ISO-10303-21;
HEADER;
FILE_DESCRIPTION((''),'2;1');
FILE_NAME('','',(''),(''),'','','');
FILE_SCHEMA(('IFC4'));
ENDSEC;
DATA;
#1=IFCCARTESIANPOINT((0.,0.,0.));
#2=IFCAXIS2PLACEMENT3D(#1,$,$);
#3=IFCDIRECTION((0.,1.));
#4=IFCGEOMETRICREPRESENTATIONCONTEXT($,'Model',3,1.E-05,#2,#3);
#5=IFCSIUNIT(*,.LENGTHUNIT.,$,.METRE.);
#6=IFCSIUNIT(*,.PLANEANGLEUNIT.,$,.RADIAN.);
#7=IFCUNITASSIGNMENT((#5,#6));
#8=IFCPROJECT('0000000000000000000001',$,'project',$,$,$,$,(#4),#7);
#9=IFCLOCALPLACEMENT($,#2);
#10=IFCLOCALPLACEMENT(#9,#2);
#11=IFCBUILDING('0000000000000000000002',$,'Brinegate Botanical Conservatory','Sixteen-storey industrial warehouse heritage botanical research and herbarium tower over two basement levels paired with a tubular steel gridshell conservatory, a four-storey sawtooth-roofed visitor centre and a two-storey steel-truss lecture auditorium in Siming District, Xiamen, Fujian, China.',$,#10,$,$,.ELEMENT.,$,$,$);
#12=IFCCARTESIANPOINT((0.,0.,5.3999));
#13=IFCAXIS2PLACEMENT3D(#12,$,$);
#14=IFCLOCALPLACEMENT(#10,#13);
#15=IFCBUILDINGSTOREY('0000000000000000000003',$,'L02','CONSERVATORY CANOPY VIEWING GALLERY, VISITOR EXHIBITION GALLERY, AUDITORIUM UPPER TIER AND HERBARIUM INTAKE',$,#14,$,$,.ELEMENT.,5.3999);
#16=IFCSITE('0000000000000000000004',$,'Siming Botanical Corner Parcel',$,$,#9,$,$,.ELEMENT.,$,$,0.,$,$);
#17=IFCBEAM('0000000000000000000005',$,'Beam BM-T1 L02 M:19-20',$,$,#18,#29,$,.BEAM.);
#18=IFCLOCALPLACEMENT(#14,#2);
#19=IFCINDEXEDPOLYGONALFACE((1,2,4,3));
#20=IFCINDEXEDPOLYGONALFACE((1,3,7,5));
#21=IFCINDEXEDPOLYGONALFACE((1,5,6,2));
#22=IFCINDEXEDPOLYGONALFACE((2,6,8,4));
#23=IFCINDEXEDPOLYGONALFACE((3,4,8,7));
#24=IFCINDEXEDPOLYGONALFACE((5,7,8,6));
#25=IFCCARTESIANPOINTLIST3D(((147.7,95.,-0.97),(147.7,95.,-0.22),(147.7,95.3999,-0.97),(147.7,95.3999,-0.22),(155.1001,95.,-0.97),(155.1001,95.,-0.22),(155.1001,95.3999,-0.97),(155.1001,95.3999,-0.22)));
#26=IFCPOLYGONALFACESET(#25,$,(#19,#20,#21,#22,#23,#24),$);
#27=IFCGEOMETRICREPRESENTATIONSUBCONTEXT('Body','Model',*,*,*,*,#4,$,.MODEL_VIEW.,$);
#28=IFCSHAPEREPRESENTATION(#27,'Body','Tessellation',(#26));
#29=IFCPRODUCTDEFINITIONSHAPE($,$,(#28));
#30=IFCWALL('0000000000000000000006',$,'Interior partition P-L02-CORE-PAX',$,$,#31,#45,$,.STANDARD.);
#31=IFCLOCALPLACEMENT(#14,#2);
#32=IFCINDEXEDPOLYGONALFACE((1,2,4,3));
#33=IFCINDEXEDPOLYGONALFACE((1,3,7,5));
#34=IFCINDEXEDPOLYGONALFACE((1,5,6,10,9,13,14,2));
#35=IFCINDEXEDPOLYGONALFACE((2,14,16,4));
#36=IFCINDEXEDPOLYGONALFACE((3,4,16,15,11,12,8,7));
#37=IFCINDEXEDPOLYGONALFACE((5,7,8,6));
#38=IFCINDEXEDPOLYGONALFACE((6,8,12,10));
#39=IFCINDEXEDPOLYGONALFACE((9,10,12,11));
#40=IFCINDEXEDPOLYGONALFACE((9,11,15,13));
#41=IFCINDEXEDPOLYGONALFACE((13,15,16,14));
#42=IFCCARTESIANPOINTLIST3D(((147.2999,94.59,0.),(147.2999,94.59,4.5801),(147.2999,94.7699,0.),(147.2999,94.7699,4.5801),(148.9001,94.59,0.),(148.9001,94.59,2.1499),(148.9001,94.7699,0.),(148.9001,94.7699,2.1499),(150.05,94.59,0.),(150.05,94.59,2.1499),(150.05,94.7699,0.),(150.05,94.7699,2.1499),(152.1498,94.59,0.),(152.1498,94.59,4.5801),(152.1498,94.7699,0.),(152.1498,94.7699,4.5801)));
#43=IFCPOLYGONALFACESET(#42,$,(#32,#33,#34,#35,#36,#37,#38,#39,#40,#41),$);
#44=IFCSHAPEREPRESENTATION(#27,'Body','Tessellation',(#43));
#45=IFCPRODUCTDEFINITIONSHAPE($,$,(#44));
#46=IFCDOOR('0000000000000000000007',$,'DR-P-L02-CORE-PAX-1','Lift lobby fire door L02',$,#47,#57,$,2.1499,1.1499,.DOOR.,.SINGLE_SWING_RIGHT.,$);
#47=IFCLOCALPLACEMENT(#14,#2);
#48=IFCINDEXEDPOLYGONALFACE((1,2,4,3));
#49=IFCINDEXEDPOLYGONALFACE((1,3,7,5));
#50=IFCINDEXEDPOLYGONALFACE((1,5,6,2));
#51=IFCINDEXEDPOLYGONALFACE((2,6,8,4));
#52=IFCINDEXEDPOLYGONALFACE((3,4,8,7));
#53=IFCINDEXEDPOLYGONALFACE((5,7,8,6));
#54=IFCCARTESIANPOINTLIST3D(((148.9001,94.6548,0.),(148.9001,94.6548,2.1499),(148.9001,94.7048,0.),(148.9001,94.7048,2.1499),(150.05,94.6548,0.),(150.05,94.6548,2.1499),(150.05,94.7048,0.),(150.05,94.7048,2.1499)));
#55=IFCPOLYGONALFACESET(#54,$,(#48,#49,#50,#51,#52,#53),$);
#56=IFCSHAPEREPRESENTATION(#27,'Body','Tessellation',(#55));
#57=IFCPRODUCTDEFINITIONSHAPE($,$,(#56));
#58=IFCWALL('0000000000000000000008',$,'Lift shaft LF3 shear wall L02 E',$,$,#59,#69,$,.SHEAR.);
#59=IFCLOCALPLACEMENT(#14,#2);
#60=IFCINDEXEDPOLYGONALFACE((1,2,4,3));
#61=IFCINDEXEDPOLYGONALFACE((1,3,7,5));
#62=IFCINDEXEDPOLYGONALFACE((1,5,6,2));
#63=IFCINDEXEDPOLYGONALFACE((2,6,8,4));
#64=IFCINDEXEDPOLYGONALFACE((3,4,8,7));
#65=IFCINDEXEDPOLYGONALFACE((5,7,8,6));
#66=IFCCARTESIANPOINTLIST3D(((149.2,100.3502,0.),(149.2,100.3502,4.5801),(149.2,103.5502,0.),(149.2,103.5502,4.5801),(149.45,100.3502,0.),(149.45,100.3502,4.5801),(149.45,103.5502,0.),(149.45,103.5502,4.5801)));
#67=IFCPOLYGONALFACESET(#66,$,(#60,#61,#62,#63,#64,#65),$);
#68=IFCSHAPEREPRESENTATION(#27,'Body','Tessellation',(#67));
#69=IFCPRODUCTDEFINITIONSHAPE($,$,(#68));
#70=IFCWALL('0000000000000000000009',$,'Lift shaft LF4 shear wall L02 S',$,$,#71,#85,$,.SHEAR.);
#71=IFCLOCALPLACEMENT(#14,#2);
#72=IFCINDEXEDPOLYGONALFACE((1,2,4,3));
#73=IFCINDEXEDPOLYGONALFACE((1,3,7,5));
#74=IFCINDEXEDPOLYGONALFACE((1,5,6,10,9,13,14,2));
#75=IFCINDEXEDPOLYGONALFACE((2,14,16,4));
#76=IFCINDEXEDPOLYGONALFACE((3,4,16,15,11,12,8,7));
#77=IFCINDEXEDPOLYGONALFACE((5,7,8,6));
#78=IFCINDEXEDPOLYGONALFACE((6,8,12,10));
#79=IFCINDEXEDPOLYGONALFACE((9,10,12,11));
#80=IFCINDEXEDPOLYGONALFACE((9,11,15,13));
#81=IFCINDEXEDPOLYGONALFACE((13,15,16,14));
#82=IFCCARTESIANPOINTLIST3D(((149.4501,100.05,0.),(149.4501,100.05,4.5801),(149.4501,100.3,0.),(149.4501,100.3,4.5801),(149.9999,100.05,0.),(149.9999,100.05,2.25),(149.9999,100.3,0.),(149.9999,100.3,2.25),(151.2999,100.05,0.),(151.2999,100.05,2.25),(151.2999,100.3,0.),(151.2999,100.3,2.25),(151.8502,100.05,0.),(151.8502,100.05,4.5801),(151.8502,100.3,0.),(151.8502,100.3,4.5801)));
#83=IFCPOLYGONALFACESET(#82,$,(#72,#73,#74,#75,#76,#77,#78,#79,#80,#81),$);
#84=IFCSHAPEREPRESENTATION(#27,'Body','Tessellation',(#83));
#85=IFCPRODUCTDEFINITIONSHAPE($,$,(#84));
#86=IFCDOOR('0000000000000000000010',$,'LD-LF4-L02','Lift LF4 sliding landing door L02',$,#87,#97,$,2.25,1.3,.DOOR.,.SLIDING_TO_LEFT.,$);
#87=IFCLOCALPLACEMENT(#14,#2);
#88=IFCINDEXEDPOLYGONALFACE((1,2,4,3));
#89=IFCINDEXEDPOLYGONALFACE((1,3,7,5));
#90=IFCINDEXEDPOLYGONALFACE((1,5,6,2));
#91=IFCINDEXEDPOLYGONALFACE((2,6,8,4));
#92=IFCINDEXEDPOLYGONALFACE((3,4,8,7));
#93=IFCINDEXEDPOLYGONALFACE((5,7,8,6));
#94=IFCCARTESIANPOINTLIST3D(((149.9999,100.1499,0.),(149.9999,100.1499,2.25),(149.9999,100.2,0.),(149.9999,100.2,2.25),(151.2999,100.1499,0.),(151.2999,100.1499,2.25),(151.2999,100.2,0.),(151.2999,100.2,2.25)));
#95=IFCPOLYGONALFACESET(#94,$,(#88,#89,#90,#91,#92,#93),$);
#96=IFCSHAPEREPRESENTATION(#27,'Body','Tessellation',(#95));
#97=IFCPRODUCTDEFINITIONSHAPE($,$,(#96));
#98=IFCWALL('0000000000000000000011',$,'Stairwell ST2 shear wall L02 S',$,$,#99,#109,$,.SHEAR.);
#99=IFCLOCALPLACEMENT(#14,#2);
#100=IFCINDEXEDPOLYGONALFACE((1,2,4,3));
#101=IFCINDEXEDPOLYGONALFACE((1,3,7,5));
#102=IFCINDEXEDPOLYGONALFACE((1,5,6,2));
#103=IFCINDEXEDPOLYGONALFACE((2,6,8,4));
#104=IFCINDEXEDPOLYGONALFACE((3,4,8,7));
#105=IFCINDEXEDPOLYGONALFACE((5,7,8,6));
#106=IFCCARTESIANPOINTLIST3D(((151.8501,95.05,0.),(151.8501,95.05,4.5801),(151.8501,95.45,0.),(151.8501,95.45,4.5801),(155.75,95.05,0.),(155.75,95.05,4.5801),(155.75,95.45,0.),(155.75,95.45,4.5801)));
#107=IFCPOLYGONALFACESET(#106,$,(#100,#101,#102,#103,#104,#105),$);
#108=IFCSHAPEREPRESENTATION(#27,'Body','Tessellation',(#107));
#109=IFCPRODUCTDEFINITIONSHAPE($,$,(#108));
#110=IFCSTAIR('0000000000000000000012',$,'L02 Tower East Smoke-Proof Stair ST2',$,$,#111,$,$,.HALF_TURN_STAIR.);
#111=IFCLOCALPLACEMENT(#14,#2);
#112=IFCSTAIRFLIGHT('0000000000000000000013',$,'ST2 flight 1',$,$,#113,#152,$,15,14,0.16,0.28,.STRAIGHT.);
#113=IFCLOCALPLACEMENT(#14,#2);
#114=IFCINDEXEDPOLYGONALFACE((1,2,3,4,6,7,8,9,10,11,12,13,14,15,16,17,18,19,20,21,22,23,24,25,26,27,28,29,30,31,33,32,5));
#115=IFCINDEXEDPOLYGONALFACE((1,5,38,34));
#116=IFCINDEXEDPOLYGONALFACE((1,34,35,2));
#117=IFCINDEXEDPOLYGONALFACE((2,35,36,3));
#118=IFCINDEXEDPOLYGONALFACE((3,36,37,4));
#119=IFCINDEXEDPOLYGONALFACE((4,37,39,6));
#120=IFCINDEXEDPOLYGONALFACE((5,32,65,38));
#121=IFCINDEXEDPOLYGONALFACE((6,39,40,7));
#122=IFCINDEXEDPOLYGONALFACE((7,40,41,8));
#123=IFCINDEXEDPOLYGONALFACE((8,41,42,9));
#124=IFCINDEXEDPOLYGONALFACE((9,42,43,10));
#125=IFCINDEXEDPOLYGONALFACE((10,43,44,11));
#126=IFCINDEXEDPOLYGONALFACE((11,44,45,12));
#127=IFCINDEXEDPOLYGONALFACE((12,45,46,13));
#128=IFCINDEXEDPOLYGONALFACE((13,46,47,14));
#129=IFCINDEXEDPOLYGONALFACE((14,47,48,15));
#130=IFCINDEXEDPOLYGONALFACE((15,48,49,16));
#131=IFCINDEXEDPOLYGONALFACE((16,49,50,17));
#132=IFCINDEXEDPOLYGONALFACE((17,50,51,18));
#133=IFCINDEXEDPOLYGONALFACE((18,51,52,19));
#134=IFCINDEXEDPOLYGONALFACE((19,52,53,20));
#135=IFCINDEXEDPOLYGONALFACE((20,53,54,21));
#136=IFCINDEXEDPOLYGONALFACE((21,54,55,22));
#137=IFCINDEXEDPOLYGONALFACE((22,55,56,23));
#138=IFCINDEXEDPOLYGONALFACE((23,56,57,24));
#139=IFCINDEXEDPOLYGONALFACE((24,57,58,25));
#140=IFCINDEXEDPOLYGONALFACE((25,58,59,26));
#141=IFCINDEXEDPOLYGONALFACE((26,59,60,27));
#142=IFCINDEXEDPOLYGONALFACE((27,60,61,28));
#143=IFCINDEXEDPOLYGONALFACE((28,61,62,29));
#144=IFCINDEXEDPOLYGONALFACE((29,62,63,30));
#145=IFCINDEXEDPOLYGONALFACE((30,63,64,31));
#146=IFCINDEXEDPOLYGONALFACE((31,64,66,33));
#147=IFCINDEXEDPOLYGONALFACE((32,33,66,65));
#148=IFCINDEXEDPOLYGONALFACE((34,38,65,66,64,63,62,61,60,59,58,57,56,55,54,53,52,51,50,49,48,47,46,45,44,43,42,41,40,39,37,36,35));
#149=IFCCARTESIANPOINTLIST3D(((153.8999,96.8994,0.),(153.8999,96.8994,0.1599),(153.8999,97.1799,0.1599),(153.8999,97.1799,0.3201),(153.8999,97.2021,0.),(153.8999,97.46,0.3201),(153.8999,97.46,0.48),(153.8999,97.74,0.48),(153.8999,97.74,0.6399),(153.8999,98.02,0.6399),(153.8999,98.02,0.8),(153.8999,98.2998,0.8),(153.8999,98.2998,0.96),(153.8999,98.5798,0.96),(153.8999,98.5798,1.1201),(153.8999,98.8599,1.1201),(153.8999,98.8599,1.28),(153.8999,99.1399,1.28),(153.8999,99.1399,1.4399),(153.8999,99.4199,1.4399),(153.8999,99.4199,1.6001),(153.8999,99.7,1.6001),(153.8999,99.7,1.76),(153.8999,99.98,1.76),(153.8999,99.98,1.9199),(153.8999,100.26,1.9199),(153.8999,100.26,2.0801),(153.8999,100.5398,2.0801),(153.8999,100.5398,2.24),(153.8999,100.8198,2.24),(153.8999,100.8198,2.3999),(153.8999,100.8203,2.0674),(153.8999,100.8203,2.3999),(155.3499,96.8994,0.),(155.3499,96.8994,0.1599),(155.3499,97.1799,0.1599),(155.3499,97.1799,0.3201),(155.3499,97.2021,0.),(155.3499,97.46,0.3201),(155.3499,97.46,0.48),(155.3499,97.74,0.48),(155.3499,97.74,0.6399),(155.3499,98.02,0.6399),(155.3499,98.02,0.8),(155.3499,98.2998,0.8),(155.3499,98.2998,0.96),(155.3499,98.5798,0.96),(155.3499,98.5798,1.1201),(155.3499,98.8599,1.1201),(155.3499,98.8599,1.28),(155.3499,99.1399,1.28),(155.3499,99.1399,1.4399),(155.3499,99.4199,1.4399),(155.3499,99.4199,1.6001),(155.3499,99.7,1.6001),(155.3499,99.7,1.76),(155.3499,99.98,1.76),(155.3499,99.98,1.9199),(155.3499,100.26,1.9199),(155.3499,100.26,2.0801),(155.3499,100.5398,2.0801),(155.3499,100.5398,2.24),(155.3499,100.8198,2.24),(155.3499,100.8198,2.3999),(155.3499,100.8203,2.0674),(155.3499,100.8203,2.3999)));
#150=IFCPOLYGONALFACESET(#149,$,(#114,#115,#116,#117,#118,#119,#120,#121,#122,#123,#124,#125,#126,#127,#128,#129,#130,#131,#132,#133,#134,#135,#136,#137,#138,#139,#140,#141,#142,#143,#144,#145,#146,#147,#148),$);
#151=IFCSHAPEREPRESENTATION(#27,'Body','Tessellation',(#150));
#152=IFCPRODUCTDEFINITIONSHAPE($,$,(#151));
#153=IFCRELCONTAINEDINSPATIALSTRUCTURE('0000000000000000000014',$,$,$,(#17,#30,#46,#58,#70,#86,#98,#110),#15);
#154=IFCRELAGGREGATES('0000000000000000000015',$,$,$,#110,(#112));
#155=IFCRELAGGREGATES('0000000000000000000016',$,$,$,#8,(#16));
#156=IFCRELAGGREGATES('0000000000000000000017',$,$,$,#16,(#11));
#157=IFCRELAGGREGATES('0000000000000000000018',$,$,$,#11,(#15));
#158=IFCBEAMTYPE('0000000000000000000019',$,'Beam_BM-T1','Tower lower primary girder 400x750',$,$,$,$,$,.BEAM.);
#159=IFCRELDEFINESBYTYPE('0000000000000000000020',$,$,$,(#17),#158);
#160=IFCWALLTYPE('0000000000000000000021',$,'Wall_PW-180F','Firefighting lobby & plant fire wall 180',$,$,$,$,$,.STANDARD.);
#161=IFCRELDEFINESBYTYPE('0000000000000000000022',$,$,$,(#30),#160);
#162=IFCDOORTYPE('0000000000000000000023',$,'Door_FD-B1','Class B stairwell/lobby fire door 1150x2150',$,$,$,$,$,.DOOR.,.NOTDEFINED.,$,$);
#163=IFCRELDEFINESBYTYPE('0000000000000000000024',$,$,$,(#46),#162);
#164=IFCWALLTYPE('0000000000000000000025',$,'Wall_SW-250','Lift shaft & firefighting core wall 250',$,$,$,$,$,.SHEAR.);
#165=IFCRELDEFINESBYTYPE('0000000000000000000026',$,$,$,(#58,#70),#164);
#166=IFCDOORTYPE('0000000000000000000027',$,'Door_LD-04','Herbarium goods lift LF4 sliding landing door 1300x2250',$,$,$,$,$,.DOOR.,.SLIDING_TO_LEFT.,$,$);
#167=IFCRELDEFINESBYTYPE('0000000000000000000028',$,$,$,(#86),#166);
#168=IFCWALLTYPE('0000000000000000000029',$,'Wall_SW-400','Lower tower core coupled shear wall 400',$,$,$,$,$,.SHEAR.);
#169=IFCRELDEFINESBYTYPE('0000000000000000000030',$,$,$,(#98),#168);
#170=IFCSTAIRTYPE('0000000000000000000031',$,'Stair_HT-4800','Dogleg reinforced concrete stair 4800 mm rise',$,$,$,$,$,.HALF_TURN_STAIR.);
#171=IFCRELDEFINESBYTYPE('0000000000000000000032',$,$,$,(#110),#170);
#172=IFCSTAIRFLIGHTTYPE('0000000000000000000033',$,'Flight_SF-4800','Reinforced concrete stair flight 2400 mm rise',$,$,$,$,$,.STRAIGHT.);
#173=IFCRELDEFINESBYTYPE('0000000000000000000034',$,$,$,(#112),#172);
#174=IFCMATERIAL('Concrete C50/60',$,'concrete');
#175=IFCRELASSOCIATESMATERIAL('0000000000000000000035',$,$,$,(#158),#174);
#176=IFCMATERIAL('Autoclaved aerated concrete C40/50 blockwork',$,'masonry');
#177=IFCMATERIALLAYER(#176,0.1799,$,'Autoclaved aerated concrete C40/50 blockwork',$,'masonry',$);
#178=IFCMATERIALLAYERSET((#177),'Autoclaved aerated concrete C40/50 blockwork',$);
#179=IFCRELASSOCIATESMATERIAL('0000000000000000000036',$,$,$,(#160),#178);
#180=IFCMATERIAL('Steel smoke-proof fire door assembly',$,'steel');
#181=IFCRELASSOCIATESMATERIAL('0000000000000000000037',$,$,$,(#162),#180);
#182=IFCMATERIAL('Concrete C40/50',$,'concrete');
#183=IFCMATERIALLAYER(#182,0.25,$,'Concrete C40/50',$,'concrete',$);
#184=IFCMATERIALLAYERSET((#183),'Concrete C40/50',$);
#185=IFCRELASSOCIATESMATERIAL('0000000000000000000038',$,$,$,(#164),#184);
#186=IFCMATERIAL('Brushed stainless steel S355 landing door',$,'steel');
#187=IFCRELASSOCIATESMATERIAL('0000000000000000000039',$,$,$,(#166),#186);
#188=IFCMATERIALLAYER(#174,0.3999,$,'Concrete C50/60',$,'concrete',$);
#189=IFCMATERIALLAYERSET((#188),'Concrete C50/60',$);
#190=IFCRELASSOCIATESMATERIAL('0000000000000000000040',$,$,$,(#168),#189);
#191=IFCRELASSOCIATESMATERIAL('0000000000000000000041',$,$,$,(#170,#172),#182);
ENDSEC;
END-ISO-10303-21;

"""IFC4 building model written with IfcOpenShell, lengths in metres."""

from ifc_helpers import new_model, si_unit, direction, frame, frame_2d, origin, origin_2d, place, context, subcontext, project, spatial, polyline, rectangle, outline, extrude, material, layer, layer_set, material_profile, profile_set, type_object, element, fill, aggregate, save


model = new_model("IFC4")

# Units and contexts
model_context = context("Model", 3, precision=1e-05, world=origin(), true_north=direction((0.0, 1.0)))
body_context = subcontext(model_context, "Body", "Model", "MODEL_VIEW")
ifc_project = project(units=[si_unit("LENGTHUNIT", "METRE"), si_unit("PLANEANGLEUNIT", "RADIAN")], contexts=[model_context])

# Site, building, storey
site_placement = place(None, origin())
site = spatial("IfcSite", under=ifc_project, at=site_placement, Name="Siming Botanical Corner Parcel", CompositionType="ELEMENT", RefElevation=0.0)
building_placement = place(site_placement, origin())
building = spatial("IfcBuilding", under=site, at=building_placement, Name="Brinegate Botanical Conservatory", Description="Sixteen-storey industrial warehouse heritage botanical research and herbarium tower over two basement levels paired with a tubular steel gridshell conservatory, a four-storey sawtooth-roofed visitor centre and a two-storey steel-truss lecture auditorium in Siming District, Xiamen, Fujian, China.", CompositionType="ELEMENT")
storey_placement = place(building_placement, frame((0.0, 0.0, 5.3999)))
storey = spatial("IfcBuildingStorey", under=building, at=storey_placement, Name="L02", Description="CONSERVATORY CANOPY VIEWING GALLERY, VISITOR EXHIBITION GALLERY, AUDITORIUM UPPER TIER AND HERBARIUM INTAKE", CompositionType="ELEMENT", Elevation=5.3999)

# Beam
ifc_material_1 = material(Name="Concrete C50/60", Category="concrete")
ifc_material_profile = material_profile(ifc_material_1, rectangle(XDim=0.3999, YDim=0.75, at=origin_2d()), Name="RC BM 400x750")
ifc_profile_set = profile_set([ifc_material_profile], Name="Concrete C50/60")
beam_type = type_object("IfcBeamType", Name="Beam_BM-T1", Description="Tower lower primary girder 400x750", PredefinedType="BEAM", material=ifc_profile_set)
beam_placement = place(storey_placement, frame((147.7, 95.2, -0.595), z_axis=(1.0, 0.0, 0.0), x_axis=(0.0, 1.0, 0.0)))
element("IfcBeam", 1, at=beam_placement, inside=storey, type_object=beam_type, Name="Beam BM-T1 L02 M:19-20", PredefinedType="BEAM", context=body_context, shape_type="SweptSolid", body=[
    extrude(rectangle(XDim=0.3999, YDim=0.75, at=origin_2d()), origin(), (0.0, 0.0, 1.0), 7.4001),
])

# Wall, opening, door
ifc_material_2 = material(Name="Autoclaved aerated concrete C40/50 blockwork", Category="masonry")
ifc_layer_1 = layer(ifc_material_2, 0.1799, Name="Autoclaved aerated concrete C40/50 blockwork", Category="masonry")
ifc_layer_set_1 = layer_set([ifc_layer_1], Name="Autoclaved aerated concrete C40/50 blockwork")
wall_type_1 = type_object("IfcWallType", Name="Wall_PW-180F", Description="Firefighting lobby & plant fire wall 180", PredefinedType="STANDARD", material=ifc_layer_set_1)
wall_1_placement = place(storey_placement, frame((147.3, 94.6799, 0.0), z_axis=(0.0, 0.0, 1.0), x_axis=(1.0, 0.0, 0.0)))
wall_1 = element("IfcWall", 2, at=wall_1_placement, inside=storey, type_object=wall_type_1, Name="Interior partition P-L02-CORE-PAX", PredefinedType="STANDARD", context=body_context, shape_type="SweptSolid", body=[
    extrude(rectangle(XDim=4.8499, YDim=0.1799, at=frame_2d((2.4248, 0.0))), origin(), (0.0, 0.0, 1.0), 4.5801),
])
opening_1_placement = place(wall_1_placement, frame((1.6001, 0.0, 0.0)))
opening_1 = element("IfcOpeningElement", 3, at=opening_1_placement, cuts=wall_1, PredefinedType="OPENING", context=body_context, shape_type="SweptSolid", body=[
    extrude(rectangle(XDim=1.1499, YDim=2.1499, at=frame_2d((0.575, 1.075))), frame((0.0, 0.0999, 0.0), z_axis=(0.0, -1.0, 0.0), x_axis=(1.0, 0.0, 0.0)), (0.0, 0.0, 1.0), 0.2),
])
ifc_material_3 = material(Name="Steel smoke-proof fire door assembly", Category="steel")
door_type_1 = type_object("IfcDoorType", Name="Door_FD-B1", Description="Class B stairwell/lobby fire door 1150x2150", OperationType="NOTDEFINED", PredefinedType="DOOR", material=ifc_material_3)
door_1_placement = place(opening_1_placement, origin())
door_1 = element("IfcDoor", 4, at=door_1_placement, inside=storey, type_object=door_type_1, Name="DR-P-L02-CORE-PAX-1", Description="Lift lobby fire door L02", OperationType="SINGLE_SWING_RIGHT", OverallHeight=2.1499, OverallWidth=1.1499, PredefinedType="DOOR", context=body_context, shape_type="SweptSolid", body=[
    extrude(rectangle(XDim=1.1499, YDim=2.1499, at=frame_2d((0.575, 1.075))), frame((0.0, 0.0249, 0.0), z_axis=(0.0, -1.0, 0.0), x_axis=(1.0, 0.0, 0.0)), (0.0, 0.0, 1.0), 0.05),
])
fill(opening_1, door_1)

# Wall
ifc_material_4 = material(Name="Concrete C40/50", Category="concrete")
ifc_layer_2 = layer(ifc_material_4, 0.25, Name="Concrete C40/50", Category="concrete")
ifc_layer_set_2 = layer_set([ifc_layer_2], Name="Concrete C40/50")
wall_type_2 = type_object("IfcWallType", Name="Wall_SW-250", Description="Lift shaft & firefighting core wall 250", PredefinedType="SHEAR", material=ifc_layer_set_2)
wall_2_placement = place(storey_placement, frame((149.325, 100.3501, 0.0), z_axis=(0.0, 0.0, 1.0), x_axis=(0.0, 1.0, 0.0)))
element("IfcWall", 5, at=wall_2_placement, inside=storey, type_object=wall_type_2, Name="Lift shaft LF3 shear wall L02 E", PredefinedType="SHEAR", context=body_context, shape_type="SweptSolid", body=[
    extrude(rectangle(XDim=3.2, YDim=0.25, at=frame_2d((1.6001, 0.0))), origin(), (0.0, 0.0, 1.0), 4.5801),
])

# Wall, opening, door
wall_3_placement = place(storey_placement, frame((149.45, 100.175, 0.0), z_axis=(0.0, 0.0, 1.0), x_axis=(1.0, 0.0, 0.0)))
wall_3 = element("IfcWall", 6, at=wall_3_placement, inside=storey, type_object=wall_type_2, Name="Lift shaft LF4 shear wall L02 S", PredefinedType="SHEAR", context=body_context, shape_type="SweptSolid", body=[
    extrude(rectangle(XDim=2.4001, YDim=0.25, at=frame_2d((1.2002, 0.0))), origin(), (0.0, 0.0, 1.0), 4.5801),
])
opening_2_placement = place(wall_3_placement, frame((0.55, 0.0, 0.0)))
opening_2 = element("IfcOpeningElement", 7, at=opening_2_placement, cuts=wall_3, PredefinedType="OPENING", context=body_context, shape_type="SweptSolid", body=[
    extrude(rectangle(XDim=1.3, YDim=2.25, at=frame_2d((0.6499, 1.125))), frame((0.0, 0.135, 0.0), z_axis=(0.0, -1.0, 0.0), x_axis=(1.0, 0.0, 0.0)), (0.0, 0.0, 1.0), 0.27),
])
ifc_material_5 = material(Name="Brushed stainless steel S355 landing door", Category="steel")
door_type_2 = type_object("IfcDoorType", Name="Door_LD-04", Description="Herbarium goods lift LF4 sliding landing door 1300x2250", OperationType="SLIDING_TO_LEFT", PredefinedType="DOOR", material=ifc_material_5)
door_2_placement = place(opening_2_placement, origin())
door_2 = element("IfcDoor", 8, at=door_2_placement, inside=storey, type_object=door_type_2, Name="LD-LF4-L02", Description="Lift LF4 sliding landing door L02", OperationType="SLIDING_TO_LEFT", OverallHeight=2.25, OverallWidth=1.3, PredefinedType="DOOR", context=body_context, shape_type="SweptSolid", body=[
    extrude(rectangle(XDim=1.3, YDim=2.25, at=frame_2d((0.6499, 1.125))), frame((0.0, 0.0249, 0.0), z_axis=(0.0, -1.0, 0.0), x_axis=(1.0, 0.0, 0.0)), (0.0, 0.0, 1.0), 0.05),
])
fill(opening_2, door_2)

# Wall
ifc_layer_3 = layer(ifc_material_1, 0.3999, Name="Concrete C50/60", Category="concrete")
ifc_layer_set_3 = layer_set([ifc_layer_3], Name="Concrete C50/60")
wall_type_3 = type_object("IfcWallType", Name="Wall_SW-400", Description="Lower tower core coupled shear wall 400", PredefinedType="SHEAR", material=ifc_layer_set_3)
wall_4_placement = place(storey_placement, frame((151.8501, 95.25, 0.0), z_axis=(0.0, 0.0, 1.0), x_axis=(1.0, 0.0, 0.0)))
element("IfcWall", 9, at=wall_4_placement, inside=storey, type_object=wall_type_3, Name="Stairwell ST2 shear wall L02 S", PredefinedType="SHEAR", context=body_context, shape_type="SweptSolid", body=[
    extrude(rectangle(XDim=3.8999, YDim=0.3999, at=frame_2d((1.95, 0.0))), origin(), (0.0, 0.0, 1.0), 4.5801),
])

# Stair, stair flight
stair_type = type_object("IfcStairType", Name="Stair_HT-4800", Description="Dogleg reinforced concrete stair 4800 mm rise", PredefinedType="HALF_TURN_STAIR", material=ifc_material_4)
stair_placement = place(storey_placement, origin())
stair = element("IfcStair", 10, at=stair_placement, inside=storey, type_object=stair_type, Name="L02 Tower East Smoke-Proof Stair ST2", PredefinedType="HALF_TURN_STAIR")
stair_flight_type = type_object("IfcStairFlightType", Name="Flight_SF-4800", Description="Reinforced concrete stair flight 2400 mm rise", PredefinedType="STRAIGHT", material=ifc_material_4)
stair_flight_1_placement = place(storey_placement, frame((154.625, 96.8999, 0.0), z_axis=(0.0, 0.0, 1.0), x_axis=(0.0, 1.0, 0.0)))
stair_flight_1 = element("IfcStairFlight", 11, at=stair_flight_1_placement, type_object=stair_flight_type, Name="ST2 flight 1", NumberOfRisers=15, NumberOfTreads=14, PredefinedType="STRAIGHT", RiserHeight=0.16, TreadLength=0.28, context=body_context, shape_type="SweptSolid", body=[
    extrude(outline(polyline([(-0.0005, 0.0), (-0.0005, 0.1599), (0.28, 0.1599), (0.28, 0.3201), (0.5601, 0.3201), (0.5601, 0.48), (0.8401, 0.48), (0.8401, 0.6399), (1.1201, 0.6399), (1.1201, 0.8), (1.3999, 0.8), (1.3999, 0.96), (1.6799, 0.96), (1.6799, 1.1201), (1.96, 1.1201), (1.96, 1.28), (2.24, 1.28), (2.24, 1.4399), (2.52, 1.4399), (2.52, 1.6001), (2.8, 1.6001), (2.8, 1.76), (3.0801, 1.76), (3.0801, 1.9199), (3.3601, 1.9199), (3.3601, 2.0801), (3.6399, 2.0801), (3.6399, 2.24), (3.9199, 2.24), (3.9199, 2.3999), (3.9204, 2.3999), (3.9204, 2.0674), (0.3022, 0.0), (-0.0005, 0.0)])), frame((0.0, 0.7251, 0.0), z_axis=(0.0, -1.0, 0.0), x_axis=(1.0, 0.0, 0.0)), (0.0, 0.0, 1.0), 1.45),
])
aggregate(stair, [stair_flight_1])

save(model, "model.ifc")
